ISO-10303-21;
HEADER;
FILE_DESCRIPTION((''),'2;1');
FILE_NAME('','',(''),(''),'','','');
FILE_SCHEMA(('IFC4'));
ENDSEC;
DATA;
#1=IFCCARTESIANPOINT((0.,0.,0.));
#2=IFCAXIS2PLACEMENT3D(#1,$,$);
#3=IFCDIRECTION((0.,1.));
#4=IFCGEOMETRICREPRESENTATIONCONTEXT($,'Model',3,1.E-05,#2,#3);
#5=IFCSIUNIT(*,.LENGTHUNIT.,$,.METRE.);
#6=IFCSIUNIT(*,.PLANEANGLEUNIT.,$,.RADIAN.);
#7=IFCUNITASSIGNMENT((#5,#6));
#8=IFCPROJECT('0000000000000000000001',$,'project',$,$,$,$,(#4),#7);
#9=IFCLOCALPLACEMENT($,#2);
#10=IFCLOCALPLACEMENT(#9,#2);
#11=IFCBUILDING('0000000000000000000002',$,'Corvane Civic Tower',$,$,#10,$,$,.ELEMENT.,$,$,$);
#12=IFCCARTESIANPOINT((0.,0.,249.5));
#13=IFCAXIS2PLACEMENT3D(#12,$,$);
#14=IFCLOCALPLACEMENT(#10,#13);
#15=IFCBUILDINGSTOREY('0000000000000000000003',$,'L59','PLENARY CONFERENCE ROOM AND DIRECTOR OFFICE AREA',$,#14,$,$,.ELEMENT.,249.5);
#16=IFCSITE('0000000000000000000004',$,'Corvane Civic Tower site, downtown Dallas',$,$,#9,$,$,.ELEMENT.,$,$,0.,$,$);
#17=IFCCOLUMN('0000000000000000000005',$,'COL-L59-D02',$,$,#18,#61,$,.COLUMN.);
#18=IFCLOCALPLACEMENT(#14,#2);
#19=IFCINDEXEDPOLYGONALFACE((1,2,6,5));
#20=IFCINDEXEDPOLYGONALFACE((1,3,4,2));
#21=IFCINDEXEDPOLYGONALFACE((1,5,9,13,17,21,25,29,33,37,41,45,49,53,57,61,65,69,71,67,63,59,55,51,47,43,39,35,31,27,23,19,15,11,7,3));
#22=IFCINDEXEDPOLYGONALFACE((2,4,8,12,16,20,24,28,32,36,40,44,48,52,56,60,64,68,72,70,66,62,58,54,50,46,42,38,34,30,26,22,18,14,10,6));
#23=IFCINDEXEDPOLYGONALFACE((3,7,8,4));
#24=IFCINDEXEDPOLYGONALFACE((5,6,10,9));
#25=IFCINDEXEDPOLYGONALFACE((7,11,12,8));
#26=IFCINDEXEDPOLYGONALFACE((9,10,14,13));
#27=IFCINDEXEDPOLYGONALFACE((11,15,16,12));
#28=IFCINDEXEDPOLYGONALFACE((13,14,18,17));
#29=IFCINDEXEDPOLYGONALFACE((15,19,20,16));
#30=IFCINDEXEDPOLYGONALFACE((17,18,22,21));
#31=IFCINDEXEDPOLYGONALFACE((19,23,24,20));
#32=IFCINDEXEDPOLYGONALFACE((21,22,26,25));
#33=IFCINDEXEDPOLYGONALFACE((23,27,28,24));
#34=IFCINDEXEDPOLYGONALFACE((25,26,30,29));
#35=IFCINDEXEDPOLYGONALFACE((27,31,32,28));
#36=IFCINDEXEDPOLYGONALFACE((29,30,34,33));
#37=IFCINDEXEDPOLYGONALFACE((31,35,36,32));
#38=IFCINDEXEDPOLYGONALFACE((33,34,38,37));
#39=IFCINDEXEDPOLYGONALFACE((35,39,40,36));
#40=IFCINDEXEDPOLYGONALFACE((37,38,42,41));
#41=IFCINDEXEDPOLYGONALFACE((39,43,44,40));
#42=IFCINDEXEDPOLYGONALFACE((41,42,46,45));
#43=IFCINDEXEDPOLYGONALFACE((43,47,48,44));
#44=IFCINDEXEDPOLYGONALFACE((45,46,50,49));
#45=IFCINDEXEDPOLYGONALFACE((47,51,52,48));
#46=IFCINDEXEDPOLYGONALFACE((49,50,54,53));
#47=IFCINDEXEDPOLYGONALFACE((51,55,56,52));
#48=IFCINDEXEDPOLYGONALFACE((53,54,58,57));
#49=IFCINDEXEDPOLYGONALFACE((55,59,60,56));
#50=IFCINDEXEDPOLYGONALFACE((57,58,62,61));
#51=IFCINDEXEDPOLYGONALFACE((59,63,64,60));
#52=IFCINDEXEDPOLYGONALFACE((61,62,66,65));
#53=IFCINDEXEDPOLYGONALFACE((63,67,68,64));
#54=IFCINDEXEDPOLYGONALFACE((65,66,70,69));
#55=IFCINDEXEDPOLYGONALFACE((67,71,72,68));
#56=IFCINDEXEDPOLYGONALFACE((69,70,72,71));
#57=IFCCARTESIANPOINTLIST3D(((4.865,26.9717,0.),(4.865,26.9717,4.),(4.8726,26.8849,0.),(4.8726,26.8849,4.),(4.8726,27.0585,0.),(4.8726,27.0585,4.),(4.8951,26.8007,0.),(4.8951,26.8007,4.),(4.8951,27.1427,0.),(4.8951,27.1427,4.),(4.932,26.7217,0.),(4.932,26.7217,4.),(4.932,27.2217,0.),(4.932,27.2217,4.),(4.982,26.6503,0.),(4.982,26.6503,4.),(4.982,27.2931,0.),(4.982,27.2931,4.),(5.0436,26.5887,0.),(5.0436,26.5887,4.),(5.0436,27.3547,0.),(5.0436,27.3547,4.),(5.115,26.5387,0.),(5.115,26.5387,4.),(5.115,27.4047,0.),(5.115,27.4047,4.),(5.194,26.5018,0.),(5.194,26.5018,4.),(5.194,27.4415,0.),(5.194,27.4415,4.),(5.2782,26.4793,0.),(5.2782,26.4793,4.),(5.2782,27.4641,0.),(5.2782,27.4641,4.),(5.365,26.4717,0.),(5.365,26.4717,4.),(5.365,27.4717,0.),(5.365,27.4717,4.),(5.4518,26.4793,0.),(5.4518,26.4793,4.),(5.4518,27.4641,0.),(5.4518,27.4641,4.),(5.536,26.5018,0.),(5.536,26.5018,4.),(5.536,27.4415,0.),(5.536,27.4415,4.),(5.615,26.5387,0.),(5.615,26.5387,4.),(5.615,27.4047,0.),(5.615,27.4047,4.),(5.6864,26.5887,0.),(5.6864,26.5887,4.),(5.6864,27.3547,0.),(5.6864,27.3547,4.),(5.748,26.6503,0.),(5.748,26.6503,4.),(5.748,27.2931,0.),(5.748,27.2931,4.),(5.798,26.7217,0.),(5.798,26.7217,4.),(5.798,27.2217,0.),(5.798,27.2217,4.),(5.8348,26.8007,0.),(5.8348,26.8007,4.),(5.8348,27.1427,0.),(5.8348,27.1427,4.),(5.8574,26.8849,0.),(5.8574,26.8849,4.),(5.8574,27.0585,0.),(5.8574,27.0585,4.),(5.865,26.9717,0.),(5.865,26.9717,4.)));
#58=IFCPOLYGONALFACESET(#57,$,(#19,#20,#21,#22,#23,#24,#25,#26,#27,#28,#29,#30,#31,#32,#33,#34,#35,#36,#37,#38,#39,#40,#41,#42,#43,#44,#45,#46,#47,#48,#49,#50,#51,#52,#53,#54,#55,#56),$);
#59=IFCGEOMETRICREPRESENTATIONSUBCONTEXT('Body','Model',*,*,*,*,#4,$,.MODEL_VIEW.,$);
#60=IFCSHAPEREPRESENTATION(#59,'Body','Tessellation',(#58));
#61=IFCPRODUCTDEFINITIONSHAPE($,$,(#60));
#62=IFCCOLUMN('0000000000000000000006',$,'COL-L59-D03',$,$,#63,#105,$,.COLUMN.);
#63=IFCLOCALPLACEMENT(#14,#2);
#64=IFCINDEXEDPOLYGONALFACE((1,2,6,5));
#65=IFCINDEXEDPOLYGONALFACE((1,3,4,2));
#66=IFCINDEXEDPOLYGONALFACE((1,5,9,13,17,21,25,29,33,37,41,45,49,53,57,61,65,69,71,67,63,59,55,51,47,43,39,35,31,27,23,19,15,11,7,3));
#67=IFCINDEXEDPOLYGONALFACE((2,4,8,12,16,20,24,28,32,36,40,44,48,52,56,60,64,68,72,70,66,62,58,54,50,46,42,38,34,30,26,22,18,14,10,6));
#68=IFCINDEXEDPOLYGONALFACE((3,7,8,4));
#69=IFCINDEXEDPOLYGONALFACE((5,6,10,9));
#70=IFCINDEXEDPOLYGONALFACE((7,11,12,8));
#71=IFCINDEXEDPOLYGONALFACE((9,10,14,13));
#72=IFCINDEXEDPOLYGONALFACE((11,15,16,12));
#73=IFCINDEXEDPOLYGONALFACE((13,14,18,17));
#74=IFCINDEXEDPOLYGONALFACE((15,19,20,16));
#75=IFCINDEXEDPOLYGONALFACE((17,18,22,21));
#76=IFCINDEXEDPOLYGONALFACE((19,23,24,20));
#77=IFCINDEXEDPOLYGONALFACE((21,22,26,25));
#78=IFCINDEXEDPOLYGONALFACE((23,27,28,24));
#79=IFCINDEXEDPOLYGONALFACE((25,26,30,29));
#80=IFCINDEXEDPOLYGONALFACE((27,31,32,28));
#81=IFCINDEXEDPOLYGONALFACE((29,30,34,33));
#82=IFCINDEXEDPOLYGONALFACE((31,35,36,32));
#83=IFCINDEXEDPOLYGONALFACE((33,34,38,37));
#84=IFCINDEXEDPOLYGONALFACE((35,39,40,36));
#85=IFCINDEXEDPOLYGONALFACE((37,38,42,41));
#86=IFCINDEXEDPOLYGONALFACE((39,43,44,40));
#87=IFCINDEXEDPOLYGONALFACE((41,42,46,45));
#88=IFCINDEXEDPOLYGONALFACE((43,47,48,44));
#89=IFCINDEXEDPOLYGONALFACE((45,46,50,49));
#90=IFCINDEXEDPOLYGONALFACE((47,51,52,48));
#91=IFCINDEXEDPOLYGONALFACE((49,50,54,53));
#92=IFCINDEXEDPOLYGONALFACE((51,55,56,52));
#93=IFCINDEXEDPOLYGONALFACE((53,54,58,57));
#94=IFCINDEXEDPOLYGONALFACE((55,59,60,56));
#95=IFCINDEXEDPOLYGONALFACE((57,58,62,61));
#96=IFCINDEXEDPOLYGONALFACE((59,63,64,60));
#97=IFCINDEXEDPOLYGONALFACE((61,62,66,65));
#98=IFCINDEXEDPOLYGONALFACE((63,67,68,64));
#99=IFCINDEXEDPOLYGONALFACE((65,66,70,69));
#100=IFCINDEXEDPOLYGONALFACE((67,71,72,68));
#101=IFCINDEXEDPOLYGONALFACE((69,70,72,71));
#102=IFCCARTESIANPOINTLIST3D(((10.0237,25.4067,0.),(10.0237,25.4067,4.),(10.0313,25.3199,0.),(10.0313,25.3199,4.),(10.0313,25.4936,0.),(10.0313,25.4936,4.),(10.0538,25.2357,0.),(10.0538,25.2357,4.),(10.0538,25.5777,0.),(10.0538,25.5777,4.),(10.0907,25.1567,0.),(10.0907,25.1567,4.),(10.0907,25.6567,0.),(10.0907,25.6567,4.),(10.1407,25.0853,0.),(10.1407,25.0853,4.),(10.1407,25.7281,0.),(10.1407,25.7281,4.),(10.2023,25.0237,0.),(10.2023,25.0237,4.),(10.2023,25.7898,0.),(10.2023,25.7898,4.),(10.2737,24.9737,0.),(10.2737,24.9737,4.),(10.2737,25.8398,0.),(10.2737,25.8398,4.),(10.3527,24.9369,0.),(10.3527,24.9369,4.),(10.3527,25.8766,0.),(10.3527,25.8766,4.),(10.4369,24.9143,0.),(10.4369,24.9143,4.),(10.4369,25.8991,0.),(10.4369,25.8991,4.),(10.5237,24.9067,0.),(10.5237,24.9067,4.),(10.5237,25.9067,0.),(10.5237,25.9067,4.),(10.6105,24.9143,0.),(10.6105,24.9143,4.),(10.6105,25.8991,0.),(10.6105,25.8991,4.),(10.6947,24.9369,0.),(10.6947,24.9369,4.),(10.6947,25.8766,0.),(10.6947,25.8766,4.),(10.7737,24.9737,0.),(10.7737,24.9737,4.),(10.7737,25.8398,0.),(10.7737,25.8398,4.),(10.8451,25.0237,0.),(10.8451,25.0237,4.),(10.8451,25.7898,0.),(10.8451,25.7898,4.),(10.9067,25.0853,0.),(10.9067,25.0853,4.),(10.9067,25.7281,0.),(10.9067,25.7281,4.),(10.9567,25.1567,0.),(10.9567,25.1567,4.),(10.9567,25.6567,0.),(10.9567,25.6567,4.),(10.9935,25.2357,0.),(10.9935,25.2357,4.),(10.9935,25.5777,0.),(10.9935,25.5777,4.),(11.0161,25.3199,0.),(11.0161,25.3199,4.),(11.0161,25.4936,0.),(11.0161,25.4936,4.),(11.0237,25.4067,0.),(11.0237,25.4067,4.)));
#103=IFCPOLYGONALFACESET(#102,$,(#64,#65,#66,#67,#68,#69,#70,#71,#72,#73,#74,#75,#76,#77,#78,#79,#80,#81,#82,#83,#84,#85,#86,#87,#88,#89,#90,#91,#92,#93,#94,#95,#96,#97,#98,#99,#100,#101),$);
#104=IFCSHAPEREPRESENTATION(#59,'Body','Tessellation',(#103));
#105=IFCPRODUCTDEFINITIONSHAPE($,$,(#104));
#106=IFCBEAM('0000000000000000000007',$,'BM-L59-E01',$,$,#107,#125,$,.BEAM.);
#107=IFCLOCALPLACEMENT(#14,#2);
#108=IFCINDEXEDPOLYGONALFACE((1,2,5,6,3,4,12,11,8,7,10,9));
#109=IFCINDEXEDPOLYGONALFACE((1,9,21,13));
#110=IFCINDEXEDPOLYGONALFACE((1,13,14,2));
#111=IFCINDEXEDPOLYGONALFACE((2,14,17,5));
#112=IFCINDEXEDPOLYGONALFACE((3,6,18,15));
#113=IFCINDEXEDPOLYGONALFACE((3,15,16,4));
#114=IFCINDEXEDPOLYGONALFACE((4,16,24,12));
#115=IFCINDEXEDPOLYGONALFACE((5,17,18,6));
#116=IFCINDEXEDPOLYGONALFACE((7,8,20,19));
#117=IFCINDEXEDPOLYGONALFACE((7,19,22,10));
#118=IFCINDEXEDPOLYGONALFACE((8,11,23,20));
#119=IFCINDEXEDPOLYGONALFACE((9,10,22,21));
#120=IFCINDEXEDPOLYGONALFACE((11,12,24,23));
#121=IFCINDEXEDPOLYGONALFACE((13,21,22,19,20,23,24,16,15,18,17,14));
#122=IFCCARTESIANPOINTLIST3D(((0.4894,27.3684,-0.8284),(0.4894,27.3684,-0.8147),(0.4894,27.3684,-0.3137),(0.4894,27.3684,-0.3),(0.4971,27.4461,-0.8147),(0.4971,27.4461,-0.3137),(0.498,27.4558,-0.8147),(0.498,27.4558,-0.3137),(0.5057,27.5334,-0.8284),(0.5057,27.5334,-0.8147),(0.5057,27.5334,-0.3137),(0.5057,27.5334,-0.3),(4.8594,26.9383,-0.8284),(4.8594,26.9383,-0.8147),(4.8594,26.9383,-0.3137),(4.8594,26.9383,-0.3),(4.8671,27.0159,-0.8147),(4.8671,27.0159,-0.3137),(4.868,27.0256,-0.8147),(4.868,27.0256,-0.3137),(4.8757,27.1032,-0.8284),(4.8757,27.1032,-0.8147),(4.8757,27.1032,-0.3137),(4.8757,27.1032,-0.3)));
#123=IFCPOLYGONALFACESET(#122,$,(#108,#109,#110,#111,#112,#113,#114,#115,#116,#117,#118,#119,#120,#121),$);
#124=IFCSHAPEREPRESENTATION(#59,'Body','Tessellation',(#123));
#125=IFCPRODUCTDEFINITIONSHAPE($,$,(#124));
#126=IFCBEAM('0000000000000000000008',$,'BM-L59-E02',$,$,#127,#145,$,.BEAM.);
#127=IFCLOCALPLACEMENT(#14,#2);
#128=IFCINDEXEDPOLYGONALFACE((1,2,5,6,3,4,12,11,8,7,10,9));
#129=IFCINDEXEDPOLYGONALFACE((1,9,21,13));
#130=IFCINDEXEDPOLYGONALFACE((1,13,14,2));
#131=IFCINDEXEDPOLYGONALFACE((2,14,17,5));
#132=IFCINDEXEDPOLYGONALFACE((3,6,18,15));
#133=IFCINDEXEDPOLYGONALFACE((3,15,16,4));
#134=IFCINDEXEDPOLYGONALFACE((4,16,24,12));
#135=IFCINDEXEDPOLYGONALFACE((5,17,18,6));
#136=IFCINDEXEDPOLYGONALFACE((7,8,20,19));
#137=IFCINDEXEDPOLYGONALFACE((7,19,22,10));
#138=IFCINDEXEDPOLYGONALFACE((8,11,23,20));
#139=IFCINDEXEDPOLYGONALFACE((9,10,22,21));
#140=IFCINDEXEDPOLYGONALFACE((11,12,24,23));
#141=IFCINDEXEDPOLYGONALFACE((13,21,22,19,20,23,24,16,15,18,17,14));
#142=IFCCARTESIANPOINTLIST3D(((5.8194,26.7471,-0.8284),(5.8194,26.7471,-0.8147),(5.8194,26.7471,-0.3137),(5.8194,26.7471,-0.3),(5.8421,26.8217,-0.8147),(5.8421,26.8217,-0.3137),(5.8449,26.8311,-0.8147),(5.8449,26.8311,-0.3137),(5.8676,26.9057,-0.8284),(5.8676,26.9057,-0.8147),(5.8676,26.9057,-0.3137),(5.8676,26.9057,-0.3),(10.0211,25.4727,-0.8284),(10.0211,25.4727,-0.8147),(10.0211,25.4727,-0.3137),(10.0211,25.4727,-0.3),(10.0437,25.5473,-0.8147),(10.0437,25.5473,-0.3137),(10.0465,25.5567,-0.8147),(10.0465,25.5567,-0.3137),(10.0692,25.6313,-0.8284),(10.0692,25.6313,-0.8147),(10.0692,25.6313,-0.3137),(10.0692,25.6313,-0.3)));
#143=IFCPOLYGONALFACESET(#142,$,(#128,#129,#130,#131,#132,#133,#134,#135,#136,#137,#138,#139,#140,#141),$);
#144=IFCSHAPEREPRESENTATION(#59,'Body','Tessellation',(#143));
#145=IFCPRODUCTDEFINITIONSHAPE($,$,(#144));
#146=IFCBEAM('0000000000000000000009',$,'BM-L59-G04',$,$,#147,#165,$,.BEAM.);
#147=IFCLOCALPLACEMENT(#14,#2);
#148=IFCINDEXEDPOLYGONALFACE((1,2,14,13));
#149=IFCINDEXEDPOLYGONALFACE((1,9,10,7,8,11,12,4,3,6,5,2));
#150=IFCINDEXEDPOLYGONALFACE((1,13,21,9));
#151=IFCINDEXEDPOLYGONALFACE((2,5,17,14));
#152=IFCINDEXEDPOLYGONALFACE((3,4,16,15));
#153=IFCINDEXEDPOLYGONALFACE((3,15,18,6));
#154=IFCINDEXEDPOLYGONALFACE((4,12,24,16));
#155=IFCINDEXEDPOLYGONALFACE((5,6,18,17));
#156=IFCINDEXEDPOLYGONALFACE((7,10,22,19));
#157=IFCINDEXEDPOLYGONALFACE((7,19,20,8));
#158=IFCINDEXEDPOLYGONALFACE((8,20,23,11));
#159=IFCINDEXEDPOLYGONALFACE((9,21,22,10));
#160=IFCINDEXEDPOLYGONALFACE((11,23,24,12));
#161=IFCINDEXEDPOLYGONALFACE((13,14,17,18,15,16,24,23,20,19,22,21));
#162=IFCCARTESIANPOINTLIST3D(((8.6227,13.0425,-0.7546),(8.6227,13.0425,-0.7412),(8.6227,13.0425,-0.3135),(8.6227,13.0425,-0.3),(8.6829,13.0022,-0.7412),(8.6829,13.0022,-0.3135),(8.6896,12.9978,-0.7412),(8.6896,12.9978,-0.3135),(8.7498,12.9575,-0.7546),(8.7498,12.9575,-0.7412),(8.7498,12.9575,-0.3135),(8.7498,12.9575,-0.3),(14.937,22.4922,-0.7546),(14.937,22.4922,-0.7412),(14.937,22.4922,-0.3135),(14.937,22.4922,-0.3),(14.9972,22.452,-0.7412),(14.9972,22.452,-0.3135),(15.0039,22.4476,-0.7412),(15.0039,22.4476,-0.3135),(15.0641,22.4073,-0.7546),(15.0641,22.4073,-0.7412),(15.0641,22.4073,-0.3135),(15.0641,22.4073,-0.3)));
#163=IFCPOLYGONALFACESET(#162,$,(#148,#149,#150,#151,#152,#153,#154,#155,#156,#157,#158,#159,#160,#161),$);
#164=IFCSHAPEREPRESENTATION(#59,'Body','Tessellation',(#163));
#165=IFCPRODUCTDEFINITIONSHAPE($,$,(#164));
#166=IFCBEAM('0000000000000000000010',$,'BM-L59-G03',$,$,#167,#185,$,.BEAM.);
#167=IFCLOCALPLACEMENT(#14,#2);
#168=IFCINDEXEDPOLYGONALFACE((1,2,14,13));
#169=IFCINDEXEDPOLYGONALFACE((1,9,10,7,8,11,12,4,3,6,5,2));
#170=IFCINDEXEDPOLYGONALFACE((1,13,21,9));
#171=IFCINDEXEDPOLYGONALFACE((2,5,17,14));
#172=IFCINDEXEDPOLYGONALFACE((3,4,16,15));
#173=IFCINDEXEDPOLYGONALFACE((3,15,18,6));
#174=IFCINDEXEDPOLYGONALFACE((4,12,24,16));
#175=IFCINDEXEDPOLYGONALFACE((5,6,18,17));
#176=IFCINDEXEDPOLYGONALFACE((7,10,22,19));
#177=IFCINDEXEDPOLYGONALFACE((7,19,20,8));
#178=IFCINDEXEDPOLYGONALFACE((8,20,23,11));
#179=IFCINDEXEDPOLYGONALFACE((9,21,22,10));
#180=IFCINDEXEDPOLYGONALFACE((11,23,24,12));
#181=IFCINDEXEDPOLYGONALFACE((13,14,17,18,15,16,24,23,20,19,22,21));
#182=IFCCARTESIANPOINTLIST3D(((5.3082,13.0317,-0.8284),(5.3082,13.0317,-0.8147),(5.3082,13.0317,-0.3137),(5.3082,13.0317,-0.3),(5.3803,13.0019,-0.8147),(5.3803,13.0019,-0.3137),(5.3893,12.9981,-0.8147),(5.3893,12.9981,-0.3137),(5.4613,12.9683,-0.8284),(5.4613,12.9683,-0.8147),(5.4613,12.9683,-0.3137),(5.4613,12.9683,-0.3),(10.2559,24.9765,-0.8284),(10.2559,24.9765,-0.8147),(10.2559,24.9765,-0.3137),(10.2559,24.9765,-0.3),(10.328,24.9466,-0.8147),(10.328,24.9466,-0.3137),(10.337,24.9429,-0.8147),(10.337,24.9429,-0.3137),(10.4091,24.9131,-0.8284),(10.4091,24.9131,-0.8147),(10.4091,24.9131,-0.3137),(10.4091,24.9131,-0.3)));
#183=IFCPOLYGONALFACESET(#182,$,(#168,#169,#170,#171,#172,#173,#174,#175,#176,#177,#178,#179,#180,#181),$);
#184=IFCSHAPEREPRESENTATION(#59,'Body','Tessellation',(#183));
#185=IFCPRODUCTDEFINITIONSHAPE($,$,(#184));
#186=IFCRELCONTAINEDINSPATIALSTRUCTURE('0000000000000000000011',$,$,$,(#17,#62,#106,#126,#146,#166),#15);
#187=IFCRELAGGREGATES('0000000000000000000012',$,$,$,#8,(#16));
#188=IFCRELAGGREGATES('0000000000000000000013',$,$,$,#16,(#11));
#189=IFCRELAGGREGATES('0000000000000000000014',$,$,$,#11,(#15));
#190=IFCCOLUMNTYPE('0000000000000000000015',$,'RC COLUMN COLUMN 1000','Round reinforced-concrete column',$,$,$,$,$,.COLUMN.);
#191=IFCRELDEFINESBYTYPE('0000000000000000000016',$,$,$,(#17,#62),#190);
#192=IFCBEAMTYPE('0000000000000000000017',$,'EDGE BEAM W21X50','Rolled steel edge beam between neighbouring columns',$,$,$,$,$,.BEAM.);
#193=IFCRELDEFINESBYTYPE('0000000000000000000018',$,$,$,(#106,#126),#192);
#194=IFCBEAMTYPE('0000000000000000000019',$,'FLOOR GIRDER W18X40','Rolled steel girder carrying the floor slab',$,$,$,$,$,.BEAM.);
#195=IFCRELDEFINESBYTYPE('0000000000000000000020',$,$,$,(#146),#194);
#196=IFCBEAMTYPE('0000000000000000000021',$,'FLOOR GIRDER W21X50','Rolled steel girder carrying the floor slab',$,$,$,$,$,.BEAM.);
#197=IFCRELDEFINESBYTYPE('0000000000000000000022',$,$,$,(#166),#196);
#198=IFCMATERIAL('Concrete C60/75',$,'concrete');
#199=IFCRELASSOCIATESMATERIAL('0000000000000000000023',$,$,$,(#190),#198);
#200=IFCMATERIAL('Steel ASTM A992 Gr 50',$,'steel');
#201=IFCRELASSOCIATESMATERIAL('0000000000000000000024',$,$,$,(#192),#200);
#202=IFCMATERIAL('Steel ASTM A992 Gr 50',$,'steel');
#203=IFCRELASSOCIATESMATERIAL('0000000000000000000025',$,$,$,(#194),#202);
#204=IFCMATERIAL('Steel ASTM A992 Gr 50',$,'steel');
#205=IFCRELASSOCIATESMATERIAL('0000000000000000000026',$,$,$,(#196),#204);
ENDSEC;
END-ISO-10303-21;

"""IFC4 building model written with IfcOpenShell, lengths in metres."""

from ifc_helpers import new_model, si_unit, direction, frame, origin, origin_2d, place, context, subcontext, project, spatial, circle, i_section, extrude, material, material_profile, profile_set, type_object, element, save


model = new_model("IFC4")

# Units and contexts
model_context = context("Model", 3, precision=1e-05, world=origin(), true_north=direction((0.0, 1.0)))
body_context = subcontext(model_context, "Body", "Model", "MODEL_VIEW")
ifc_project = project(units=[si_unit("LENGTHUNIT", "METRE"), si_unit("PLANEANGLEUNIT", "RADIAN")], contexts=[model_context])

# Site, building, storey
site_placement = place(None, origin())
site = spatial("IfcSite", under=ifc_project, at=site_placement, Name="Corvane Civic Tower site, downtown Dallas", CompositionType="ELEMENT", RefElevation=0.0)
building_placement = place(site_placement, origin())
building = spatial("IfcBuilding", under=site, at=building_placement, Name="Corvane Civic Tower", CompositionType="ELEMENT")
storey_placement = place(building_placement, frame((0.0, 0.0, 249.5)))
storey = spatial("IfcBuildingStorey", under=building, at=storey_placement, Name="L59", Description="PLENARY CONFERENCE ROOM AND DIRECTOR OFFICE AREA", CompositionType="ELEMENT", Elevation=249.5)

# Columns
ifc_material_1 = material(Name="Concrete C60/75", Category="concrete")
ifc_material_profile_1 = material_profile(ifc_material_1, circle(Radius=0.5, at=origin_2d()), Name="COLUMN 1000")
ifc_profile_set_1 = profile_set([ifc_material_profile_1], Name="Concrete C60/75")
column_type = type_object("IfcColumnType", Name="RC COLUMN COLUMN 1000", Description="Round reinforced-concrete column", PredefinedType="COLUMN", material=ifc_profile_set_1)
for number, where, z_axis, x_axis, name in (
    (1, (5.365, 26.9717, 0.0), (0.0, 0.0, 1.0), (1.0, 0.0, 0.0), "COL-L59-D02"),
    (2, (10.5237, 25.4067, 0.0), (0.0, 0.0, 1.0), (1.0, 0.0, 0.0), "COL-L59-D03"),
):
    element("IfcColumn", number, at=place(storey_placement, frame(where, z_axis=z_axis, x_axis=x_axis)), inside=storey, type_object=column_type, Name=name, PredefinedType="COLUMN", context=body_context, shape_type="SweptSolid", body=[
        extrude(circle(Radius=0.5, at=origin_2d()), origin(), (0.0, 0.0, 1.0), 4.0),
    ])

# Beams
ifc_material_2 = material(Name="Steel ASTM A992 Gr 50", Category="steel")
ifc_material_profile_2 = material_profile(ifc_material_2, i_section(OverallWidth=0.1658, OverallDepth=0.5283, WebThickness=0.0098, FlangeThickness=0.0137, at=origin_2d()), Name="W21X50")
ifc_profile_set_2 = profile_set([ifc_material_profile_2], Name="Steel ASTM A992 Gr 50")
beam_type_1 = type_object("IfcBeamType", Name="EDGE BEAM W21X50", Description="Rolled steel edge beam between neighbouring columns", PredefinedType="BEAM", material=ifc_profile_set_2)
beam_1_placement = place(storey_placement, frame((0.4976, 27.4509, -0.5642), z_axis=(0.99519, -0.097968, 0.0), x_axis=(0.097968, 0.99519, 0.0)))
element("IfcBeam", 3, at=beam_1_placement, inside=storey, type_object=beam_type_1, Name="BM-L59-E01", PredefinedType="BEAM", context=body_context, shape_type="SweptSolid", body=[
    extrude(i_section(OverallWidth=0.1658, OverallDepth=0.5283, WebThickness=0.0098, FlangeThickness=0.0137, at=origin_2d()), origin(), (0.0, 0.0, 1.0), 4.3911),
])
beam_2_placement = place(storey_placement, frame((5.8435, 26.8264, -0.5642), z_axis=(0.95695, -0.290254, 0.0), x_axis=(0.290254, 0.95695, 0.0)))
element("IfcBeam", 4, at=beam_2_placement, inside=storey, type_object=beam_type_1, Name="BM-L59-E02", PredefinedType="BEAM", context=body_context, shape_type="SweptSolid", body=[
    extrude(i_section(OverallWidth=0.1658, OverallDepth=0.5283, WebThickness=0.0098, FlangeThickness=0.0137, at=origin_2d()), origin(), (0.0, 0.0, 1.0), 4.3906),
])
ifc_material_3 = material(Name="Steel ASTM A992 Gr 50", Category="steel")
ifc_material_profile_3 = material_profile(ifc_material_3, i_section(OverallWidth=0.1528, OverallDepth=0.4546, WebThickness=0.0081, FlangeThickness=0.0134, at=origin_2d()), Name="W18X40")
ifc_profile_set_3 = profile_set([ifc_material_profile_3], Name="Steel ASTM A992 Gr 50")
beam_type_2 = type_object("IfcBeamType", Name="FLOOR GIRDER W18X40", Description="Rolled steel girder carrying the floor slab", PredefinedType="BEAM", material=ifc_profile_set_3)
beam_3_placement = place(storey_placement, frame((8.6863, 13.0, -0.5273), z_axis=(0.555577, 0.831465, 0.0), x_axis=(-0.831465, 0.555577, 0.0)))
element("IfcBeam", 5, at=beam_3_placement, inside=storey, type_object=beam_type_2, Name="BM-L59-G04", PredefinedType="BEAM", context=body_context, shape_type="SweptSolid", body=[
    extrude(i_section(OverallWidth=0.1528, OverallDepth=0.4546, WebThickness=0.0081, FlangeThickness=0.0134, at=origin_2d()), origin(), (0.0, 0.0, 1.0), 11.3652),
])
ifc_material_4 = material(Name="Steel ASTM A992 Gr 50", Category="steel")
ifc_material_profile_4 = material_profile(ifc_material_4, i_section(OverallWidth=0.1658, OverallDepth=0.5283, WebThickness=0.0098, FlangeThickness=0.0137, at=origin_2d()), Name="W21X50")
ifc_profile_set_4 = profile_set([ifc_material_profile_4], Name="Steel ASTM A992 Gr 50")
beam_type_3 = type_object("IfcBeamType", Name="FLOOR GIRDER W21X50", Description="Rolled steel girder carrying the floor slab", PredefinedType="BEAM", material=ifc_profile_set_4)
beam_4_placement = place(storey_placement, frame((5.3848, 13.0, -0.5642), z_axis=(0.382686, 0.923878, 0.0), x_axis=(-0.923878, 0.382686, 0.0)))
element("IfcBeam", 6, at=beam_4_placement, inside=storey, type_object=beam_type_3, Name="BM-L59-G03", PredefinedType="BEAM", context=body_context, shape_type="SweptSolid", body=[
    extrude(i_section(OverallWidth=0.1658, OverallDepth=0.5283, WebThickness=0.0098, FlangeThickness=0.0137, at=origin_2d()), origin(), (0.0, 0.0, 1.0), 12.929),
])

save(model, "model.ifc")
